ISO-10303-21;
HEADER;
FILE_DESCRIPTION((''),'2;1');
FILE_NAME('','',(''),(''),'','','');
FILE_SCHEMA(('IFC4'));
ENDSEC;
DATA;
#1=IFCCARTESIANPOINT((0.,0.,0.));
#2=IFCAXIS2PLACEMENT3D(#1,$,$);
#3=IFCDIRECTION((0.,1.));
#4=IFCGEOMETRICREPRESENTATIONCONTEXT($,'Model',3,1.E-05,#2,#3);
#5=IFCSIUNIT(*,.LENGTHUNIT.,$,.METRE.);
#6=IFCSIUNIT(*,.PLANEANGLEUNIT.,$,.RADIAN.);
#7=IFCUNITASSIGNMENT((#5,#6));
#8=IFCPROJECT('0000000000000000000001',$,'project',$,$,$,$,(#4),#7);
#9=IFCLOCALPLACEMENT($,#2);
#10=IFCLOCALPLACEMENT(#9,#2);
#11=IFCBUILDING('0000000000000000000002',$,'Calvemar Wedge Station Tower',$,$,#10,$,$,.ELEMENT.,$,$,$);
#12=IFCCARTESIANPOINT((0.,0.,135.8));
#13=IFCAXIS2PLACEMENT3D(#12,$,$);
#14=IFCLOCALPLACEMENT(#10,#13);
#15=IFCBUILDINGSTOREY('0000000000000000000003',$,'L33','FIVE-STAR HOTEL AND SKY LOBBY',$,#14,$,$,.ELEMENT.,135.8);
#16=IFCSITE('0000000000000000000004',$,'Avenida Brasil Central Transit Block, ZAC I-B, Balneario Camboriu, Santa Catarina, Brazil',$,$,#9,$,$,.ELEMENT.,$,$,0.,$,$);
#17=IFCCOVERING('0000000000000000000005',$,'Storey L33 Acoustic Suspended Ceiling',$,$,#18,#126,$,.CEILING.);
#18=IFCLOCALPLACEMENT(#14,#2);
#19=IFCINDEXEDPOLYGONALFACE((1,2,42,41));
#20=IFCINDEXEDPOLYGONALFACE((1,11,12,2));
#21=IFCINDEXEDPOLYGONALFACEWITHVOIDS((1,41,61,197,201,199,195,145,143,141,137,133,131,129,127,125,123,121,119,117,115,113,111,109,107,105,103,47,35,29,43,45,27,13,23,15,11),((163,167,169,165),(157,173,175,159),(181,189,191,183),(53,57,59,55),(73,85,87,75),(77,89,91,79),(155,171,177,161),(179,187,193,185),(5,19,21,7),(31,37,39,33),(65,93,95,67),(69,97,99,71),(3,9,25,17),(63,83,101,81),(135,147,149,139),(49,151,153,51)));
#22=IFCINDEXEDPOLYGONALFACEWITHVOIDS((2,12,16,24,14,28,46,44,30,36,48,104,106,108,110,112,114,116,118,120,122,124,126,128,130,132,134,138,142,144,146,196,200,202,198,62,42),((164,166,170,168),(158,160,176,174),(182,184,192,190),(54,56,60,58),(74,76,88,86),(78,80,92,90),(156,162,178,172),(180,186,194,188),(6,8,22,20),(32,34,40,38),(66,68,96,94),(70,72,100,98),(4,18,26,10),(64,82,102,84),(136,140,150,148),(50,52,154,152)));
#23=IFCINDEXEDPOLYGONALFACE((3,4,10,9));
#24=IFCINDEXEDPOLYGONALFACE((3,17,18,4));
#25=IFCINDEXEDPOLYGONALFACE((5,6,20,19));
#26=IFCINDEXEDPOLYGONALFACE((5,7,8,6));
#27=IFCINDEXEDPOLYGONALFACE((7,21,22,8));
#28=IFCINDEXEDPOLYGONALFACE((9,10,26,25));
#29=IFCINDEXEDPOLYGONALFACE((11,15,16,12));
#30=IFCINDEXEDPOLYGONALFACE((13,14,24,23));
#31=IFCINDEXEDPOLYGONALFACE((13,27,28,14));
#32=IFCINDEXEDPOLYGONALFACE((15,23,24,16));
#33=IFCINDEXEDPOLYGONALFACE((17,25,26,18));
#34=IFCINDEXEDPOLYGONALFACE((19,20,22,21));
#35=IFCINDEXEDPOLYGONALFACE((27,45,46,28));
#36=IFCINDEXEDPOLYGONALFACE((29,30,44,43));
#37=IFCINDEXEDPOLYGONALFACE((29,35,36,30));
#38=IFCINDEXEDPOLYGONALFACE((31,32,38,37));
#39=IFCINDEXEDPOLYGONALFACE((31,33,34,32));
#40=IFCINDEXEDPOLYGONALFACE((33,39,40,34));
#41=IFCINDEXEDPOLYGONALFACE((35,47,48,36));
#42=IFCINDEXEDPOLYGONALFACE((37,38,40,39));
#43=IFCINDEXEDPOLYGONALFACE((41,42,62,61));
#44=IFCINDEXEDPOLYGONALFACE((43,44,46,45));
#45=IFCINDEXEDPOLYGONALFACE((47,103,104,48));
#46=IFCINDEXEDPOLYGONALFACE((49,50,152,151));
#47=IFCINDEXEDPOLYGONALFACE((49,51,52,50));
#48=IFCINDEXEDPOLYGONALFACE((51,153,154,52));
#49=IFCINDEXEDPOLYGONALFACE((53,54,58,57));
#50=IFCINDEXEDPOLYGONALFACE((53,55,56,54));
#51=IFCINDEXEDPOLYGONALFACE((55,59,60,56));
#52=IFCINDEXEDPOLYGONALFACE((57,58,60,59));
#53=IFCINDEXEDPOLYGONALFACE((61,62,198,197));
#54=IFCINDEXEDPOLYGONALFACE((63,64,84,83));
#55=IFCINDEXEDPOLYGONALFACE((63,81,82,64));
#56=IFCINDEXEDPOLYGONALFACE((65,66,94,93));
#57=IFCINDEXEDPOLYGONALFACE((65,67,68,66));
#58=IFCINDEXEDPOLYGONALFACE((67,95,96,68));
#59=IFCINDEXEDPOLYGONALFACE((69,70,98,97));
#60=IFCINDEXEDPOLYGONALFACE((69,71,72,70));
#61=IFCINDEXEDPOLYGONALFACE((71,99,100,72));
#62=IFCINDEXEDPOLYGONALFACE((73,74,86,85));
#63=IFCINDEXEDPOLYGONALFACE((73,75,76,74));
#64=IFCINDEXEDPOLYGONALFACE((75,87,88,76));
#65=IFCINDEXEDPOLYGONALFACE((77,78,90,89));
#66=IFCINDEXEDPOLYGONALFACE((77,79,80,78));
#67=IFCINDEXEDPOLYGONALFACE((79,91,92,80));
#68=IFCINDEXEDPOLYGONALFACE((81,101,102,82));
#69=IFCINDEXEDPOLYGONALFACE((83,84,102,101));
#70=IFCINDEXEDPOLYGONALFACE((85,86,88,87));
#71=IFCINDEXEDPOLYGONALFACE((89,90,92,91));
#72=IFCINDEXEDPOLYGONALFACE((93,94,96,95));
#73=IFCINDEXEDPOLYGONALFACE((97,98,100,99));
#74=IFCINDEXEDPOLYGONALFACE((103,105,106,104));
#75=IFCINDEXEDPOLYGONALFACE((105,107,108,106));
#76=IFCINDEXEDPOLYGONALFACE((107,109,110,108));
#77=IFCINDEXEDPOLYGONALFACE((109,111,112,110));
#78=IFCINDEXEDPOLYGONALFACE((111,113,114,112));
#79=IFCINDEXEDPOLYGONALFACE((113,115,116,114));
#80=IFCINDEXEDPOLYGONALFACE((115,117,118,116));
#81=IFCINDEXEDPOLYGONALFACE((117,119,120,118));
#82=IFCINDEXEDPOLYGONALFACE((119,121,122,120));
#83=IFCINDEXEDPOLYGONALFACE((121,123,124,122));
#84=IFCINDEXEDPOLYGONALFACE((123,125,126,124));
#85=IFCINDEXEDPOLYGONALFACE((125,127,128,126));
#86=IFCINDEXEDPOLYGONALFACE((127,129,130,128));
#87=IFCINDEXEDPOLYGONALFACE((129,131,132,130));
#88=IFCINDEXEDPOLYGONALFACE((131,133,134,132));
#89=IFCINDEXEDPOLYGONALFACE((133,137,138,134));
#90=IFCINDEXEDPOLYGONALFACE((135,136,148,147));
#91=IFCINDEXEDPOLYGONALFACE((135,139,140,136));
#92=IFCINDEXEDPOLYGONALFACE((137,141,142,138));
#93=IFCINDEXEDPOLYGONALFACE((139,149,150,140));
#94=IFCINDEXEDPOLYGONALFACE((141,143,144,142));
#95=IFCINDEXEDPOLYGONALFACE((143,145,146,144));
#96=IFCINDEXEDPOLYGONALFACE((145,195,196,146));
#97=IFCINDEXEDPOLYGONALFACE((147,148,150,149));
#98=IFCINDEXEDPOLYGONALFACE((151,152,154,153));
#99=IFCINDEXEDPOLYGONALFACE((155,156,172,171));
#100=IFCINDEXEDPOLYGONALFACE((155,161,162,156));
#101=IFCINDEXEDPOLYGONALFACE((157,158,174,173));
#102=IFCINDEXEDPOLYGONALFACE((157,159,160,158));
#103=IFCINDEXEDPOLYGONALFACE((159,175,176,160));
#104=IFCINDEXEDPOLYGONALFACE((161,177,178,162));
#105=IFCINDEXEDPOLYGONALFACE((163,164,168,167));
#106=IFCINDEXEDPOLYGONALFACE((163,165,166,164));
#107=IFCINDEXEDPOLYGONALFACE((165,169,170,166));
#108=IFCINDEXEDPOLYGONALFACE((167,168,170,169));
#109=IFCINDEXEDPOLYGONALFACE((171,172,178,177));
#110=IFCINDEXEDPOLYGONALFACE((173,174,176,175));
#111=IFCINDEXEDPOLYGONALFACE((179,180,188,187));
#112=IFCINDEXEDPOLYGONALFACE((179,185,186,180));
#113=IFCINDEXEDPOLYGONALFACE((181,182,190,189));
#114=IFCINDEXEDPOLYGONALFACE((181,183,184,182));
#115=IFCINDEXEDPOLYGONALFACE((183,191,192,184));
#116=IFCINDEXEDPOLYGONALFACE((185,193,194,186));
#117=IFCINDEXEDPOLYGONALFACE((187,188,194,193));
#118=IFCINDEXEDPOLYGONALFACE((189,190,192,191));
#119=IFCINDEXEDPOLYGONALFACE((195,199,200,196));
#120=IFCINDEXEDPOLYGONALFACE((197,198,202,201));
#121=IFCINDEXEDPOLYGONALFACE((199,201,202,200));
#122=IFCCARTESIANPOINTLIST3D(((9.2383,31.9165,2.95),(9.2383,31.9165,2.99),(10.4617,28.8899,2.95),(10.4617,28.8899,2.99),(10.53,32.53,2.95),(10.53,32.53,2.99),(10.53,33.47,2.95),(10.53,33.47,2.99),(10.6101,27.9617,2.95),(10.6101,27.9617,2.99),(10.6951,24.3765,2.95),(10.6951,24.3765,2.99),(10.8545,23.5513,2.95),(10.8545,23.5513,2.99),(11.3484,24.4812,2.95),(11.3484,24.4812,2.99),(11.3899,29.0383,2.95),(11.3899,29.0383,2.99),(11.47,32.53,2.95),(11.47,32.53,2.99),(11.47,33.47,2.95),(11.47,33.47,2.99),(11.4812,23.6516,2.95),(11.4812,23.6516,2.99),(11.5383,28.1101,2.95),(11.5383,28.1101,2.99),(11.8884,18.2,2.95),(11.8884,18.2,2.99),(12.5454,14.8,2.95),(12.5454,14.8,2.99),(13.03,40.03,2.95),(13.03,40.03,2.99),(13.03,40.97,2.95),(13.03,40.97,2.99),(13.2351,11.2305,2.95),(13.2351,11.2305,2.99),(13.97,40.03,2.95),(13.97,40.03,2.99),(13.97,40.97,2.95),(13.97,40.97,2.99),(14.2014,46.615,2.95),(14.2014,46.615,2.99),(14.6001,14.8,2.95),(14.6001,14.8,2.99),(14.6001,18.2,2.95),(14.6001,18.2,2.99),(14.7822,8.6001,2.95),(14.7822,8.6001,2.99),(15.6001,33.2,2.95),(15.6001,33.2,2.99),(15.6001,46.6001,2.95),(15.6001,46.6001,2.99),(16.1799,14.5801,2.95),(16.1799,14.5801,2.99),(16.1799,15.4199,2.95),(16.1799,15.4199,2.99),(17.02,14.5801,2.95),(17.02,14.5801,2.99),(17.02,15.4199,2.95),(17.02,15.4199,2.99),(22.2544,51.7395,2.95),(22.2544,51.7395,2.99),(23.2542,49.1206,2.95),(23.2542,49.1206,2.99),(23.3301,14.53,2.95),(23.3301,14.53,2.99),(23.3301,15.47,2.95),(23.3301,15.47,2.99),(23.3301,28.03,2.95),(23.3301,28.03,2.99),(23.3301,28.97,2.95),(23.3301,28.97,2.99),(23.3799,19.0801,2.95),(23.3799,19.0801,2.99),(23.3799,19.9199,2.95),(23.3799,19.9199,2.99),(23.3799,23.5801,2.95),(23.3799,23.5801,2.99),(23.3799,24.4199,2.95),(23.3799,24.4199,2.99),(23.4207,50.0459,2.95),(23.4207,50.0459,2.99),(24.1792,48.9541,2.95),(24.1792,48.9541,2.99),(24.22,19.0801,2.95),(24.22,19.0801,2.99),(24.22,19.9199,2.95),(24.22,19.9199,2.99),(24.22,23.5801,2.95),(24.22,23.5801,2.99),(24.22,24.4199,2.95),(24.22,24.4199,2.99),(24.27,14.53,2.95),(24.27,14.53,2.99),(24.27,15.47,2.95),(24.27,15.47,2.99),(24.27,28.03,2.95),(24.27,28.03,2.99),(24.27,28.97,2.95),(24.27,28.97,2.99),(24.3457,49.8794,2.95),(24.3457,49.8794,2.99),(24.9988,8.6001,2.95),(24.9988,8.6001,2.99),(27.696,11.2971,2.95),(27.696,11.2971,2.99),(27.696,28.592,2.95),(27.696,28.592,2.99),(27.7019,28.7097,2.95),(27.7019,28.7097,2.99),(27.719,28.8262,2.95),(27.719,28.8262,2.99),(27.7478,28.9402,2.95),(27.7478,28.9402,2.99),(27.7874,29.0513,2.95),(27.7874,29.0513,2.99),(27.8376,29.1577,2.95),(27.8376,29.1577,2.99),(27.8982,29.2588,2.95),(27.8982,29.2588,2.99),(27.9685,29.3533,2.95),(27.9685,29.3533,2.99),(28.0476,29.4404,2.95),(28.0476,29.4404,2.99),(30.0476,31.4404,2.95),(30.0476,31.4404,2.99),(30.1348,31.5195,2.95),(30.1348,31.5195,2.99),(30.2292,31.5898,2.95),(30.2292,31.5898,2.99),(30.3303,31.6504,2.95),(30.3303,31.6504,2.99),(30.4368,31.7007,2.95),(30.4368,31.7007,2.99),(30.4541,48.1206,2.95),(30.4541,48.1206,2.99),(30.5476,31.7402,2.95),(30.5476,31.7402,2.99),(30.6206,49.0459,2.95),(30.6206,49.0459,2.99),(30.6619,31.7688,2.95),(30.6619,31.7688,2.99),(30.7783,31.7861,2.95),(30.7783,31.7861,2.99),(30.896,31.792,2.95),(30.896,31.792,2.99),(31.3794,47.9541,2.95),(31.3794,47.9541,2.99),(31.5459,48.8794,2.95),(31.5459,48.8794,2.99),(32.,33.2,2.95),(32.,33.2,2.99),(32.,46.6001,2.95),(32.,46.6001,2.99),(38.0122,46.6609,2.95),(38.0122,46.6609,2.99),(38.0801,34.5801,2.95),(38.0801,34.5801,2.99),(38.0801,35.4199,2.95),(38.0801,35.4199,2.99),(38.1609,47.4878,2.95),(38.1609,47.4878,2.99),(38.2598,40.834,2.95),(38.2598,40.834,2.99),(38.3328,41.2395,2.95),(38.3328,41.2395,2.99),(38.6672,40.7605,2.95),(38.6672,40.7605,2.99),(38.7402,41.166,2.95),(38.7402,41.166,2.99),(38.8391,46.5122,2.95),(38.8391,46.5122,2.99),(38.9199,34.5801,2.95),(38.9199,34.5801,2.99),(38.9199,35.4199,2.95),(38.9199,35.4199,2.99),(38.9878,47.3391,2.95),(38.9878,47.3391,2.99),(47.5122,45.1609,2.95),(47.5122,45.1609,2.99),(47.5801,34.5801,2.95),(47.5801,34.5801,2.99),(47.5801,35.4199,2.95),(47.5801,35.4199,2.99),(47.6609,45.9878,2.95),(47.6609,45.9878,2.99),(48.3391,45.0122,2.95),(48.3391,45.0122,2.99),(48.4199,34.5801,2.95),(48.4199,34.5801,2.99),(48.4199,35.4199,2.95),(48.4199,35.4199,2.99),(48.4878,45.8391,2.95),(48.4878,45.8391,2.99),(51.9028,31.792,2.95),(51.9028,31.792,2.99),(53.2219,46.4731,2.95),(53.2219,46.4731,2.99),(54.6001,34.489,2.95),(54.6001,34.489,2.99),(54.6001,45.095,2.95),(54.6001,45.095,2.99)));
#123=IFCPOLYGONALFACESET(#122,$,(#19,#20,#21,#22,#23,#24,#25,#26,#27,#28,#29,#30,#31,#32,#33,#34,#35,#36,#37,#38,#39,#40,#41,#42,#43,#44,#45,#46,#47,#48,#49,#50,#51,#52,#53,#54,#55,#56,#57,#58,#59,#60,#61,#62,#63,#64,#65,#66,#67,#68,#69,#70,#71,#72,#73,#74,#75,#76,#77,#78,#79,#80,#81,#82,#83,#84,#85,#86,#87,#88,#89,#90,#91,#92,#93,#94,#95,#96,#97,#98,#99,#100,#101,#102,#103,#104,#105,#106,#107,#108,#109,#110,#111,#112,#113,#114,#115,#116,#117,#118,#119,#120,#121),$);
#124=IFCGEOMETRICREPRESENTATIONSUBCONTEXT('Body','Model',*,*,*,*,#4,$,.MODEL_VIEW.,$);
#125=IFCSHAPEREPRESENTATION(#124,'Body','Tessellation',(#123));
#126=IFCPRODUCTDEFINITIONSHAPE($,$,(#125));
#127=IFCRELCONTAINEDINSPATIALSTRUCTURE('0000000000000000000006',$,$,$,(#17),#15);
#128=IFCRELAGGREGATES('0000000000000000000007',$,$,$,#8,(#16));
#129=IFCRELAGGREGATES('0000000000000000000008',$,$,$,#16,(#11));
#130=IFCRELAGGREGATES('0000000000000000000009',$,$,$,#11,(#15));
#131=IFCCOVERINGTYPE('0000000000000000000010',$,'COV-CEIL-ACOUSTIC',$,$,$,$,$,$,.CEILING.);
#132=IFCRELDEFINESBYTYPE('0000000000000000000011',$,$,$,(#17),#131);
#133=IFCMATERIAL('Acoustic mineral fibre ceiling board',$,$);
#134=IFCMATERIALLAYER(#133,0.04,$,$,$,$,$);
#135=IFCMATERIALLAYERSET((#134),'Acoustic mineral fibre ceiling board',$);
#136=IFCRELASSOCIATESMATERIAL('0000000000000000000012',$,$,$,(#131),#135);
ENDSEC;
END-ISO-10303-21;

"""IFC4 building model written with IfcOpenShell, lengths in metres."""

from ifc_helpers import new_model, si_unit, direction, frame, origin, place, context, subcontext, project, spatial, polyline, outline, extrude, material, layer, layer_set, type_object, element, save


model = new_model("IFC4")

# Units and contexts
model_context = context("Model", 3, precision=1e-05, world=origin(), true_north=direction((0.0, 1.0)))
body_context = subcontext(model_context, "Body", "Model", "MODEL_VIEW")
ifc_project = project(units=[si_unit("LENGTHUNIT", "METRE"), si_unit("PLANEANGLEUNIT", "RADIAN")], contexts=[model_context])

# Site, building, storey
site_placement = place(None, origin())
site = spatial("IfcSite", under=ifc_project, at=site_placement, Name="Avenida Brasil Central Transit Block, ZAC I-B, Balneario Camboriu, Santa Catarina, Brazil", CompositionType="ELEMENT", RefElevation=0.0)
building_placement = place(site_placement, origin())
building = spatial("IfcBuilding", under=site, at=building_placement, Name="Calvemar Wedge Station Tower", CompositionType="ELEMENT")
storey_placement = place(building_placement, frame((0.0, 0.0, 135.8)))
storey = spatial("IfcBuildingStorey", under=building, at=storey_placement, Name="L33", Description="FIVE-STAR HOTEL AND SKY LOBBY", CompositionType="ELEMENT", Elevation=135.8)

# Covering
ifc_material_1 = material(Name="Acoustic mineral fibre ceiling board")
ifc_layer_1 = layer(ifc_material_1, 0.04)
ifc_layer_set_1 = layer_set([ifc_layer_1], Name="Acoustic mineral fibre ceiling board")
covering_type_1 = type_object("IfcCoveringType", Name="COV-CEIL-ACOUSTIC", PredefinedType="CEILING", material=ifc_layer_set_1)
covering_1_placement = place(storey_placement, frame((0.0, 0.0, 2.95)))
element("IfcCovering", 1, at=covering_1_placement, inside=storey, type_object=covering_type_1, Name="Storey L33 Acoustic Suspended Ceiling", PredefinedType="CEILING", context=body_context, shape_type="SweptSolid", body=[
    extrude(outline(polyline([(28.0476, 29.4404), (30.0476, 31.4404), (30.1348, 31.5195), (30.2292, 31.5898), (30.3303, 31.6504), (30.4368, 31.7007), (30.5476, 31.7402), (30.6619, 31.7688), (30.7783, 31.7861), (30.896, 31.792), (51.9028, 31.792), (54.6001, 34.489), (54.6001, 45.095), (53.2219, 46.4731), (22.2544, 51.7395), (14.2014, 46.615), (9.2383, 31.9165), (10.6951, 24.3765), (11.3484, 24.4812), (11.4812, 23.6516), (10.8545, 23.5513), (11.8884, 18.2), (14.6001, 18.2), (14.6001, 14.8), (12.5454, 14.8), (13.2351, 11.2305), (14.7822, 8.6001), (24.9988, 8.6001), (27.696, 11.2971), (27.696, 28.592), (27.7019, 28.7097), (27.719, 28.8262), (27.7478, 28.9402), (27.7874, 29.0513), (27.8376, 29.1577), (27.8982, 29.2588), (27.9685, 29.3533), (28.0476, 29.4404)]), holes=[polyline([(15.6001, 46.6001), (32.0, 46.6001), (32.0, 33.2), (15.6001, 33.2), (15.6001, 46.6001)]), polyline([(10.53, 32.53), (10.53, 33.47), (11.47, 33.47), (11.47, 32.53), (10.53, 32.53)]), polyline([(13.03, 40.97), (13.97, 40.97), (13.97, 40.03), (13.03, 40.03), (13.03, 40.97)]), polyline([(24.3457, 49.8794), (24.1792, 48.9541), (23.2542, 49.1206), (23.4207, 50.0459), (24.3457, 49.8794)]), polyline([(31.3794, 47.9541), (30.4541, 48.1206), (30.6206, 49.0459), (31.5459, 48.8794), (31.3794, 47.9541)]), polyline([(38.0122, 46.6609), (38.1609, 47.4878), (38.9878, 47.3391), (38.8391, 46.5122), (38.0122, 46.6609)]), polyline([(47.6609, 45.9878), (48.4878, 45.8391), (48.3391, 45.0122), (47.5122, 45.1609), (47.6609, 45.9878)]), polyline([(38.9199, 35.4199), (38.9199, 34.5801), (38.0801, 34.5801), (38.0801, 35.4199), (38.9199, 35.4199)]), polyline([(48.4199, 34.5801), (47.5801, 34.5801), (47.5801, 35.4199), (48.4199, 35.4199), (48.4199, 34.5801)]), polyline([(38.2598, 40.834), (38.3328, 41.2395), (38.7402, 41.166), (38.6672, 40.7605), (38.2598, 40.834)]), polyline([(11.3899, 29.0383), (11.5383, 28.1101), (10.6101, 27.9617), (10.4617, 28.8899), (11.3899, 29.0383)]), polyline([(24.27, 28.03), (23.3301, 28.03), (23.3301, 28.97), (24.27, 28.97), (24.27, 28.03)]), polyline([(23.3799, 23.5801), (23.3799, 24.4199), (24.22, 24.4199), (24.22, 23.5801), (23.3799, 23.5801)]), polyline([(23.3799, 19.9199), (24.22, 19.9199), (24.22, 19.0801), (23.3799, 19.0801), (23.3799, 19.9199)]), polyline([(24.27, 15.47), (24.27, 14.53), (23.3301, 14.53), (23.3301, 15.47), (24.27, 15.47)]), polyline([(17.02, 14.5801), (16.1799, 14.5801), (16.1799, 15.4199), (17.02, 15.4199), (17.02, 14.5801)])]), origin(), (0.0, 0.0, 1.0), 0.04),
])

save(model, "model.ifc")
